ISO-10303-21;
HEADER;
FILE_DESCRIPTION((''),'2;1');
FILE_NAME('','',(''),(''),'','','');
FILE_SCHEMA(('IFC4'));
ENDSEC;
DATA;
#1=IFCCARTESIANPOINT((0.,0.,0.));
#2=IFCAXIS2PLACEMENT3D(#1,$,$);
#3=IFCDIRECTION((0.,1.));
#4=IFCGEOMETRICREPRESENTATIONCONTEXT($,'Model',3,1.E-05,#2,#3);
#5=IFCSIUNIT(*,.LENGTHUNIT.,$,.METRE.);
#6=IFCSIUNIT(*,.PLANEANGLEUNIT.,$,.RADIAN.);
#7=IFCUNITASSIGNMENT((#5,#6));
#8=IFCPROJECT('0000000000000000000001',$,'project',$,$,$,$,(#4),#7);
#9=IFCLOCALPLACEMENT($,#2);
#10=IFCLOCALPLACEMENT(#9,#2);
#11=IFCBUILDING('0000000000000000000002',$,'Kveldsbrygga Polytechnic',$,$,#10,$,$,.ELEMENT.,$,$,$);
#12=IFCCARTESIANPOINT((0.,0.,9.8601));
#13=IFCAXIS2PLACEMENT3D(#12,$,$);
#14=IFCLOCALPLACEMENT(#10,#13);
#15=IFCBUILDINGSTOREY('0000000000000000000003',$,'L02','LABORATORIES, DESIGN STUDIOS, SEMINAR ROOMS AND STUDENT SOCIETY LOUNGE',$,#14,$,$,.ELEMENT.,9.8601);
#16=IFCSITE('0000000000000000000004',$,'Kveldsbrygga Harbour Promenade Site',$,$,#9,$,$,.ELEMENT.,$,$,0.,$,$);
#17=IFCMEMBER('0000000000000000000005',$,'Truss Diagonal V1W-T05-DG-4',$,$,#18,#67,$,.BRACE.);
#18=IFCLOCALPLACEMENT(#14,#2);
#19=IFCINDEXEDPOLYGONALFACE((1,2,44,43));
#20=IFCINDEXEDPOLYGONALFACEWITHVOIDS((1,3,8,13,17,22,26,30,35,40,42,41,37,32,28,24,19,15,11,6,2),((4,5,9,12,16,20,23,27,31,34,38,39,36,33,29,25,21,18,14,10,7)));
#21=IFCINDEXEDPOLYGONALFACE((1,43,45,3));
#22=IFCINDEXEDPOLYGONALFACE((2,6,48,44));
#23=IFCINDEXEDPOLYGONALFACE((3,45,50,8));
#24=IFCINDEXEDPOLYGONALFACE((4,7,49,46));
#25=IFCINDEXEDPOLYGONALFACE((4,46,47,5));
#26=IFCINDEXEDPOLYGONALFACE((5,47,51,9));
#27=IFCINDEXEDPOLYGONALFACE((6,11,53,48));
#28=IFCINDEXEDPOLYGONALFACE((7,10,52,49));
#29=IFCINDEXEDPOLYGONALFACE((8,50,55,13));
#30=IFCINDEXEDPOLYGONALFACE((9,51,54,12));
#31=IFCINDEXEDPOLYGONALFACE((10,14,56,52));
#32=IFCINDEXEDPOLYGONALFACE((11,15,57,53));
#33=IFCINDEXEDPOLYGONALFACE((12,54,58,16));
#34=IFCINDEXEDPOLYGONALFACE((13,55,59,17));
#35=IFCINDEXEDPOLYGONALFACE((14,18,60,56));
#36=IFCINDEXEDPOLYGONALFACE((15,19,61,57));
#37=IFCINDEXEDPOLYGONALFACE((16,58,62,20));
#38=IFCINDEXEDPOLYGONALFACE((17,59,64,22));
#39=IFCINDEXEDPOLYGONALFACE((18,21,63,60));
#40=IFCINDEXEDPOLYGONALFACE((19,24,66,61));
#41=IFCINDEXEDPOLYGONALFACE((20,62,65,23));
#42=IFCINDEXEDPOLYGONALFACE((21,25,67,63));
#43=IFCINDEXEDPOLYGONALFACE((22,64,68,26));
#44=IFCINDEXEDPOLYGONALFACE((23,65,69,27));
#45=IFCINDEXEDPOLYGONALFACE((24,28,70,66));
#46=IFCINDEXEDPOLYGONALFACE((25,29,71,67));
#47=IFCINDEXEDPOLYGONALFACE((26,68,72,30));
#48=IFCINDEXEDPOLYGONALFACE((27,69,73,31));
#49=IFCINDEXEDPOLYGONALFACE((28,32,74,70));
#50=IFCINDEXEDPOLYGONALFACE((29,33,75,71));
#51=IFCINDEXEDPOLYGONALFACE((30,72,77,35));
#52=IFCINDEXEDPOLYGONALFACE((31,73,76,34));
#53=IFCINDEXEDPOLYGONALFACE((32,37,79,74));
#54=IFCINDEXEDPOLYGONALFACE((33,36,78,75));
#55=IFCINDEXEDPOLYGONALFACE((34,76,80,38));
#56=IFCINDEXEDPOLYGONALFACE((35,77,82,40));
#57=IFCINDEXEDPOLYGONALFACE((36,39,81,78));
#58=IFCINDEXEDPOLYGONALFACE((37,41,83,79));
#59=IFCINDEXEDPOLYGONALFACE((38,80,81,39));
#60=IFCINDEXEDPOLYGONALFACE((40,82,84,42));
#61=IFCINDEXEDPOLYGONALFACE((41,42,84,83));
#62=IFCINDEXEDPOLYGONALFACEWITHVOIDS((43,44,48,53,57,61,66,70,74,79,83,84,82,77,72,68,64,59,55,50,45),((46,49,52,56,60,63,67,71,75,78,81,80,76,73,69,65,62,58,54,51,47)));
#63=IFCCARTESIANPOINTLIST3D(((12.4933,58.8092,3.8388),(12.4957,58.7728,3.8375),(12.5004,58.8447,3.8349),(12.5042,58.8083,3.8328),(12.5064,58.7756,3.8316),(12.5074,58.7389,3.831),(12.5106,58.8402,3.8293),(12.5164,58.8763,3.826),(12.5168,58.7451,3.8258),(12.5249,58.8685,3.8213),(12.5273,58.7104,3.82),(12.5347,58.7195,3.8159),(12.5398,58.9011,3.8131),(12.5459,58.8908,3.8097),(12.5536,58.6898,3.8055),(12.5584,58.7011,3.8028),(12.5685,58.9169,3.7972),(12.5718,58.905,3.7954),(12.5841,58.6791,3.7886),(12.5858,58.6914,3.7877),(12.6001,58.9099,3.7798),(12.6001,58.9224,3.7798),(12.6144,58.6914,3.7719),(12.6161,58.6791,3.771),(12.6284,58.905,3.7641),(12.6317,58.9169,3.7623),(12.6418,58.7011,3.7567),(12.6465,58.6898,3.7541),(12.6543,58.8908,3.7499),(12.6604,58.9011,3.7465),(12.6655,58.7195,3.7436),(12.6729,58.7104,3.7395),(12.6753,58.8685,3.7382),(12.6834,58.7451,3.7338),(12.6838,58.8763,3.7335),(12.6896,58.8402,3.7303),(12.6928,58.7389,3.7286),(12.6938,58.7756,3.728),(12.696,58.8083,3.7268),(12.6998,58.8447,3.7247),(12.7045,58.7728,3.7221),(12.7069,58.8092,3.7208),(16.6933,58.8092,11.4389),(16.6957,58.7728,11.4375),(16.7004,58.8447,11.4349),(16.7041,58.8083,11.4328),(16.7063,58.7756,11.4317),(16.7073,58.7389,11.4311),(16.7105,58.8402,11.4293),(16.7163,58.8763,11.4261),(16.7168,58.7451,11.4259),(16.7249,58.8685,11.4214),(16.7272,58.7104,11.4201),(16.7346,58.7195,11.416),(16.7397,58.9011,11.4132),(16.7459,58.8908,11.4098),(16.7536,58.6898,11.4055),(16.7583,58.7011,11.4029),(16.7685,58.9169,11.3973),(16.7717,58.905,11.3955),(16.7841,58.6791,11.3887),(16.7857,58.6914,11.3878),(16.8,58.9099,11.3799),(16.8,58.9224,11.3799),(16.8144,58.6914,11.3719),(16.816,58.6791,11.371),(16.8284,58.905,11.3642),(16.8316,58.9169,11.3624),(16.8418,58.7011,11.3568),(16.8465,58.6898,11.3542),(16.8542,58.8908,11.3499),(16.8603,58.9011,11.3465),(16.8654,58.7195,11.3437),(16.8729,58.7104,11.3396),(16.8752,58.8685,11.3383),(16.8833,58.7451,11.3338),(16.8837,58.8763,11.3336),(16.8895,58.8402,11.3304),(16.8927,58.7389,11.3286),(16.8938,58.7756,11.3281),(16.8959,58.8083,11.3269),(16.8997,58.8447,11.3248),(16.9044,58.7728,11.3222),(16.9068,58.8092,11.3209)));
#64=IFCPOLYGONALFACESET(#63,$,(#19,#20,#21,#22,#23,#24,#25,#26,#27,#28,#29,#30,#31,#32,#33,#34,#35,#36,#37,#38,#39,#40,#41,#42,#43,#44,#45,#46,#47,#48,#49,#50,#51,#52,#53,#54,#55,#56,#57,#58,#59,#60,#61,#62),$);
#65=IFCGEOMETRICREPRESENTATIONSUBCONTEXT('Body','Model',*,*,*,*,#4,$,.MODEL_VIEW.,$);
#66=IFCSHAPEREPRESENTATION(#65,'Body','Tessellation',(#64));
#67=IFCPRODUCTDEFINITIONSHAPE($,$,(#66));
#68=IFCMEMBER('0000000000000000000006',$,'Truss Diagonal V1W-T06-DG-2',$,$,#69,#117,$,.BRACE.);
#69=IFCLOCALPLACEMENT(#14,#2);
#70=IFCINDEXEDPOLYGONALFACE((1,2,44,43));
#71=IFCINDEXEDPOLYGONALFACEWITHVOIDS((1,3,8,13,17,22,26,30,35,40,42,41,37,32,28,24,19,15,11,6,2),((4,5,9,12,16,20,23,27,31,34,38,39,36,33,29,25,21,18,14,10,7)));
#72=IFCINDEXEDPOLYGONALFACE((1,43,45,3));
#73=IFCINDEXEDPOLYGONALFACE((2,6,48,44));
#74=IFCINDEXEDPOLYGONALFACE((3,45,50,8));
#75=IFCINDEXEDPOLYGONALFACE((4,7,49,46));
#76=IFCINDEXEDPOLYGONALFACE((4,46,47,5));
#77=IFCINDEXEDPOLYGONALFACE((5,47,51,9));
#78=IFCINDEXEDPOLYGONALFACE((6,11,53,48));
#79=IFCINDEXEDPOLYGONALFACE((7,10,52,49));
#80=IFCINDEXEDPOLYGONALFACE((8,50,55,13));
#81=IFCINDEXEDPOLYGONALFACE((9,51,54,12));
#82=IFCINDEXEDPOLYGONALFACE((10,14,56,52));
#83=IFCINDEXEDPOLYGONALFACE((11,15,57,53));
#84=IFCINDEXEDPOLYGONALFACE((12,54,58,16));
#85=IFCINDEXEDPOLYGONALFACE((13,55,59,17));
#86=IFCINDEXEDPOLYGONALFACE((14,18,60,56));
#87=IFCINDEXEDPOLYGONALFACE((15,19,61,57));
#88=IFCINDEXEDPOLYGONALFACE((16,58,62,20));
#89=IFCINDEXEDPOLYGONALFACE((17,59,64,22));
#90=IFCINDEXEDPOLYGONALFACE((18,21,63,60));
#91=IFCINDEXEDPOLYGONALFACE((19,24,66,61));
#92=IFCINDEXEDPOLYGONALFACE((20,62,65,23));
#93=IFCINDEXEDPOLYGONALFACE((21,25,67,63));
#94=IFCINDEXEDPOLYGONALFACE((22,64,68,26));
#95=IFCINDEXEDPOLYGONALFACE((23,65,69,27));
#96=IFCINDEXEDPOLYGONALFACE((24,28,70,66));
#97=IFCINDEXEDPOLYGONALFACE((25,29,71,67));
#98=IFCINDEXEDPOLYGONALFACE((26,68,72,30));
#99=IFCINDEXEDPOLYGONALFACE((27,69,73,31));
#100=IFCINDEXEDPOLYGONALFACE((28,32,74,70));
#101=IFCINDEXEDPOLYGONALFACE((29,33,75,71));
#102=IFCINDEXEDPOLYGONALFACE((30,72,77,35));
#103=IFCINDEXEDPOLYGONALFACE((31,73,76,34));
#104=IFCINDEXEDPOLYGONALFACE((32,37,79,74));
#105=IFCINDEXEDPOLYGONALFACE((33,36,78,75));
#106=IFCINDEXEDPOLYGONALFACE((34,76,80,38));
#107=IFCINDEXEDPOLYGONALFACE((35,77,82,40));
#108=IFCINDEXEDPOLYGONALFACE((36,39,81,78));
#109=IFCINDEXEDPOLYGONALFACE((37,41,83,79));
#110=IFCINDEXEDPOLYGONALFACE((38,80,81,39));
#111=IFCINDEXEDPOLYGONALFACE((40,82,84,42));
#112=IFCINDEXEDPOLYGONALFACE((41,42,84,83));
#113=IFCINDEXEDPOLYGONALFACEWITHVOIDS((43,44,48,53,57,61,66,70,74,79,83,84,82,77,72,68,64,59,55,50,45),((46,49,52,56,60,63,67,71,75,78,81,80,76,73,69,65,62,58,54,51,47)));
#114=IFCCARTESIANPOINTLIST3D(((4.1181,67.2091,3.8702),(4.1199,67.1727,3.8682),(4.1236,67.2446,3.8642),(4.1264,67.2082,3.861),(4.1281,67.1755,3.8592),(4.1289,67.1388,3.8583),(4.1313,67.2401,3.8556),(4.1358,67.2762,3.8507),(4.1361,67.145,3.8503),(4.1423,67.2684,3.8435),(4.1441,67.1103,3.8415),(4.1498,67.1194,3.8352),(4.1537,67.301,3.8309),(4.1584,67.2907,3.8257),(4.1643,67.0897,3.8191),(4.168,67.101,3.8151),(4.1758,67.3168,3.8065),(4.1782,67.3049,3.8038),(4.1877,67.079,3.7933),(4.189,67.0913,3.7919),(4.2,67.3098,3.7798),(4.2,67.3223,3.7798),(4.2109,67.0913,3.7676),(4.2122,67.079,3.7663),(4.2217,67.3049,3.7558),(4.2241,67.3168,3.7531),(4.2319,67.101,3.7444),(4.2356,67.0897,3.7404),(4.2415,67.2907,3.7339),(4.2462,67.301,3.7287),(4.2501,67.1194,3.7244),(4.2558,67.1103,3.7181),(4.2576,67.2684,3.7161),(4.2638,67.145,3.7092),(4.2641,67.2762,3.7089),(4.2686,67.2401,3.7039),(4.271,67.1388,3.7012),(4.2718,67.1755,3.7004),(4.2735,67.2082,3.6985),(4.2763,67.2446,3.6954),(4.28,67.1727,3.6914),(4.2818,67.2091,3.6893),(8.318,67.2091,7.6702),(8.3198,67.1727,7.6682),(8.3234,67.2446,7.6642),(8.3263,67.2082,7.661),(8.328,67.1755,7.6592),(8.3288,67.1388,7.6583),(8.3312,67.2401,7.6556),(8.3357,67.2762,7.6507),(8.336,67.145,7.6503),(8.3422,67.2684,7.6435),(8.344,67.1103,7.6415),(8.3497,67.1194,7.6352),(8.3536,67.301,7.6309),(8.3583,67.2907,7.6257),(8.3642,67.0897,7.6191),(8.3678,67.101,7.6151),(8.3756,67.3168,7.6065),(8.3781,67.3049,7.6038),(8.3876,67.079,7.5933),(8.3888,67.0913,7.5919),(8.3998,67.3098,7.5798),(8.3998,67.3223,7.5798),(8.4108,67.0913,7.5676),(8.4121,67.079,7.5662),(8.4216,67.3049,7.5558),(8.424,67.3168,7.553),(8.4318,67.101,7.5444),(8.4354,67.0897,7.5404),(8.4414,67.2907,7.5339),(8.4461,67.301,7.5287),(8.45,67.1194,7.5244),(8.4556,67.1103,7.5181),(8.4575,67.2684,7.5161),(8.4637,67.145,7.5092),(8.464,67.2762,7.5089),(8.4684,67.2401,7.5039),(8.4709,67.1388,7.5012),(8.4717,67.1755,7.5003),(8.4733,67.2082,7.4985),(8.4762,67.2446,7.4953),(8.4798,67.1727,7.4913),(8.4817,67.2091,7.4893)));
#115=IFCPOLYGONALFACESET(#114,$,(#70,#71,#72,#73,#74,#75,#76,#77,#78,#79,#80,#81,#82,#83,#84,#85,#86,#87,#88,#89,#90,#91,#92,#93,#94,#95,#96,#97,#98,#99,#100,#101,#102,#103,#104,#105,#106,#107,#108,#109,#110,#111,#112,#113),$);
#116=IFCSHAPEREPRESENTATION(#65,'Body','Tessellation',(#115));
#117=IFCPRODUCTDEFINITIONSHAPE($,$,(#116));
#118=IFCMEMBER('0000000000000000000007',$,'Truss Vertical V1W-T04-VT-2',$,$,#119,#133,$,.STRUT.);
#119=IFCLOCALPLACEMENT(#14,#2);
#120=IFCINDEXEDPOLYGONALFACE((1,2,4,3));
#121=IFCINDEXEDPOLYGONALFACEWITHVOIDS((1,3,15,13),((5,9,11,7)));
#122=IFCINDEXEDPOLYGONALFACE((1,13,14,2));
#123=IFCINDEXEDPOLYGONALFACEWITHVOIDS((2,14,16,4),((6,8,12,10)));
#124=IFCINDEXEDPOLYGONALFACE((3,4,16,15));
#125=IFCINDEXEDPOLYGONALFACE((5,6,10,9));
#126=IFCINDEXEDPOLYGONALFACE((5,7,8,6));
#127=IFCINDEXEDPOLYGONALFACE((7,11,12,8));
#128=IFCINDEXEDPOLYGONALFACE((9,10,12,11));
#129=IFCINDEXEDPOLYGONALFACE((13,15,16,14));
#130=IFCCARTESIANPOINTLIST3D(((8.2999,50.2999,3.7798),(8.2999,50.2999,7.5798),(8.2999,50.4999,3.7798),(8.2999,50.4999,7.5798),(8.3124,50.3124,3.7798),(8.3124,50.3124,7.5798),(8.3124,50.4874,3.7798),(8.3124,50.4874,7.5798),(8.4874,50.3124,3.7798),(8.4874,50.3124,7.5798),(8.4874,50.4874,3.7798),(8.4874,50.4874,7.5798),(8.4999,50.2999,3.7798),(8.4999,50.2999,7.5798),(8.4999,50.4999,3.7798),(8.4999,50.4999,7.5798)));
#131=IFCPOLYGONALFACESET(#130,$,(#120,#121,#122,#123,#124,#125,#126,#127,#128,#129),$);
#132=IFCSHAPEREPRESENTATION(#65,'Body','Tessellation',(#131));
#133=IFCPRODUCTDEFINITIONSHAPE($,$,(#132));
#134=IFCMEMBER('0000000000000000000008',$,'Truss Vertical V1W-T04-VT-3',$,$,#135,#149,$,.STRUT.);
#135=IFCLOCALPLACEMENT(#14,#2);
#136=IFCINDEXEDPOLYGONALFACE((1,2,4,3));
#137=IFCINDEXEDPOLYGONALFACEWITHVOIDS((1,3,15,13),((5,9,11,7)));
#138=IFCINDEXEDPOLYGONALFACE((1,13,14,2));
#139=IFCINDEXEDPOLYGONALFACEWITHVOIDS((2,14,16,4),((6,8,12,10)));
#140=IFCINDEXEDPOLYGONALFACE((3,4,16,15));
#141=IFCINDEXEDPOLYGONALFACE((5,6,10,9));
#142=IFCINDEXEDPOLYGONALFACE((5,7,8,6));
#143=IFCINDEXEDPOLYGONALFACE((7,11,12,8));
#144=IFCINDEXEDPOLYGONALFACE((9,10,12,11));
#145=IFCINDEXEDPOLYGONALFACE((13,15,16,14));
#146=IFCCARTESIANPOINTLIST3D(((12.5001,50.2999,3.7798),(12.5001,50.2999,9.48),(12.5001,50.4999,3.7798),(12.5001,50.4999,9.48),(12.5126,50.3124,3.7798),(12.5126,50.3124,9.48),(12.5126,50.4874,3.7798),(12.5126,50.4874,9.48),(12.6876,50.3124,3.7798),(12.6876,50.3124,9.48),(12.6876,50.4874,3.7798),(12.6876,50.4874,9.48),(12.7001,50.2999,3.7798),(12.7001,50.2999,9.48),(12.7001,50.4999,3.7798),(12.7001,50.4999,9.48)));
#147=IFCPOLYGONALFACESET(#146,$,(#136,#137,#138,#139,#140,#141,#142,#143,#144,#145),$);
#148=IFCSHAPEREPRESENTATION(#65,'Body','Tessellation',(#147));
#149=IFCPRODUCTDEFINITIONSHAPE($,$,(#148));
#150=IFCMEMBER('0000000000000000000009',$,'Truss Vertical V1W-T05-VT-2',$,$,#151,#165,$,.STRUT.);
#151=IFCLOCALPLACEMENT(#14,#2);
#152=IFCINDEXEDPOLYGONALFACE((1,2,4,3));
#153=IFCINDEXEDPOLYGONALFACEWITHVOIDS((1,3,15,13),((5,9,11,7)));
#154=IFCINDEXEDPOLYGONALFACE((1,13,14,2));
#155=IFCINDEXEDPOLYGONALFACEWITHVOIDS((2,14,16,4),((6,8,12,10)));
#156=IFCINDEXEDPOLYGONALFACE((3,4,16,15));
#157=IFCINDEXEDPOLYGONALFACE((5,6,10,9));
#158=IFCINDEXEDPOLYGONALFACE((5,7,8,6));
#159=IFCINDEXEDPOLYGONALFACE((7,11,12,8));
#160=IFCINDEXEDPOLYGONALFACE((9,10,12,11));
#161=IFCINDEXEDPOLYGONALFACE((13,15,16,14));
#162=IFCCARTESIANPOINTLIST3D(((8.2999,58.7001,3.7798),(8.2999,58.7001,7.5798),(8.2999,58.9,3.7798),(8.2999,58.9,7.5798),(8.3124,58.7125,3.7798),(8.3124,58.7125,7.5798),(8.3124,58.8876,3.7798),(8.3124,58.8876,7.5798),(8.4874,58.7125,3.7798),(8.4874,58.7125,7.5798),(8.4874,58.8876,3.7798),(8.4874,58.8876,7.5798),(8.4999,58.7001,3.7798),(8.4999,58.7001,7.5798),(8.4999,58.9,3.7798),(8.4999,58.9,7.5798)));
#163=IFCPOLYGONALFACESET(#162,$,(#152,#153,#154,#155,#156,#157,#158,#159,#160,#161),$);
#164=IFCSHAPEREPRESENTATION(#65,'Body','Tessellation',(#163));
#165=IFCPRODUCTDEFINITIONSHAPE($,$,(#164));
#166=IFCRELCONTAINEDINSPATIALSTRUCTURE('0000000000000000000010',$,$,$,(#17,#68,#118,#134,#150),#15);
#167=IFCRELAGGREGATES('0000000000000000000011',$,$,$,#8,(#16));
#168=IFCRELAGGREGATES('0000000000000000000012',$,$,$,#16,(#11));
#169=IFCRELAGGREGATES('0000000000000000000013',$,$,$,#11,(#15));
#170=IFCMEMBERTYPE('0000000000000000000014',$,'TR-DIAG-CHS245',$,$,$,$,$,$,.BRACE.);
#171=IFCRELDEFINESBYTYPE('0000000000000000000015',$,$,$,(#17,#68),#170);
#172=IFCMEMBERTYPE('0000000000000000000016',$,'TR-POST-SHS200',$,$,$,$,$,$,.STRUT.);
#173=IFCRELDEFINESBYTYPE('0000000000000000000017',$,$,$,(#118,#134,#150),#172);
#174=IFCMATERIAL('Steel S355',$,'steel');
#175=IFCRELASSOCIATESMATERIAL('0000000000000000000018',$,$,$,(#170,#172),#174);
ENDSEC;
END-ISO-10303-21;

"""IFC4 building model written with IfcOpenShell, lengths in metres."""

from ifc_helpers import new_model, si_unit, direction, frame, origin, origin_2d, place, context, subcontext, project, spatial, hollow_rectangle, hollow_circle, extrude, material, material_profile, profile_set, type_object, element, save


model = new_model("IFC4")

# Units and contexts
model_context = context("Model", 3, precision=1e-05, world=origin(), true_north=direction((0.0, 1.0)))
body_context = subcontext(model_context, "Body", "Model", "MODEL_VIEW")
ifc_project = project(units=[si_unit("LENGTHUNIT", "METRE"), si_unit("PLANEANGLEUNIT", "RADIAN")], contexts=[model_context])

# Site, building, storey
site_placement = place(None, origin())
site = spatial("IfcSite", under=ifc_project, at=site_placement, Name="Kveldsbrygga Harbour Promenade Site", CompositionType="ELEMENT", RefElevation=0.0)
building_placement = place(site_placement, origin())
building = spatial("IfcBuilding", under=site, at=building_placement, Name="Kveldsbrygga Polytechnic", CompositionType="ELEMENT")
storey_placement = place(building_placement, frame((0.0, 0.0, 9.8601)))
storey = spatial("IfcBuildingStorey", under=building, at=storey_placement, Name="L02", Description="LABORATORIES, DESIGN STUDIOS, SEMINAR ROOMS AND STUDENT SOCIETY LOUNGE", CompositionType="ELEMENT", Elevation=9.8601)

# Members
ifc_material = material(Name="Steel S355", Category="steel")
ifc_material_profile_1 = material_profile(ifc_material, hollow_circle(Radius=0.1223, WallThickness=0.0125, at=origin_2d()), Name="CHS 244.5x12.5")
ifc_profile_set_1 = profile_set([ifc_material_profile_1], Name="Steel S355")
member_type_1 = type_object("IfcMemberType", Name="TR-DIAG-CHS245", PredefinedType="BRACE", material=ifc_profile_set_1)
member_1_placement = place(storey_placement, frame((12.6001, 58.8, 3.7798), z_axis=(0.483677, 0.0, 0.875247), x_axis=(0.0, 1.0, 0.0)))
element("IfcMember", 1, at=member_1_placement, inside=storey, type_object=member_type_1, Name="Truss Diagonal V1W-T05-DG-4", PredefinedType="BRACE", context=body_context, shape_type="SweptSolid", body=[
    extrude(hollow_circle(Radius=0.1223, WallThickness=0.0125, at=origin_2d()), origin(), (0.0, 0.0, 1.0), 8.6833),
])
member_2_placement = place(storey_placement, frame((4.2, 67.2, 3.7798), z_axis=(0.741528, 0.0, 0.670922), x_axis=(0.0, 1.0, 0.0)))
element("IfcMember", 2, at=member_2_placement, inside=storey, type_object=member_type_1, Name="Truss Diagonal V1W-T06-DG-2", PredefinedType="BRACE", context=body_context, shape_type="SweptSolid", body=[
    extrude(hollow_circle(Radius=0.1223, WallThickness=0.0125, at=origin_2d()), origin(), (0.0, 0.0, 1.0), 5.6638),
])
ifc_material_profile_2 = material_profile(ifc_material, hollow_rectangle(XDim=0.2, YDim=0.2, WallThickness=0.0125, at=origin_2d()), Name="SHS 200x200x12.5")
ifc_profile_set_2 = profile_set([ifc_material_profile_2], Name="Steel S355")
member_type_2 = type_object("IfcMemberType", Name="TR-POST-SHS200", PredefinedType="STRUT", material=ifc_profile_set_2)
member_3_placement = place(storey_placement, frame((8.3999, 50.3999, 3.7798), z_axis=(0.0, 0.0, 1.0), x_axis=(1.0, 0.0, 0.0)))
element("IfcMember", 3, at=member_3_placement, inside=storey, type_object=member_type_2, Name="Truss Vertical V1W-T04-VT-2", PredefinedType="STRUT", context=body_context, shape_type="SweptSolid", body=[
    extrude(hollow_rectangle(XDim=0.2, YDim=0.2, WallThickness=0.0125, at=origin_2d()), origin(), (0.0, 0.0, 1.0), 3.8),
])
member_4_placement = place(storey_placement, frame((12.6001, 50.3999, 3.7798), z_axis=(0.0, 0.0, 1.0), x_axis=(1.0, 0.0, 0.0)))
element("IfcMember", 4, at=member_4_placement, inside=storey, type_object=member_type_2, Name="Truss Vertical V1W-T04-VT-3", PredefinedType="STRUT", context=body_context, shape_type="SweptSolid", body=[
    extrude(hollow_rectangle(XDim=0.2, YDim=0.2, WallThickness=0.0125, at=origin_2d()), origin(), (0.0, 0.0, 1.0), 5.7002),
])
member_5_placement = place(storey_placement, frame((8.3999, 58.8, 3.7798), z_axis=(0.0, 0.0, 1.0), x_axis=(1.0, 0.0, 0.0)))
element("IfcMember", 5, at=member_5_placement, inside=storey, type_object=member_type_2, Name="Truss Vertical V1W-T05-VT-2", PredefinedType="STRUT", context=body_context, shape_type="SweptSolid", body=[
    extrude(hollow_rectangle(XDim=0.2, YDim=0.2, WallThickness=0.0125, at=origin_2d()), origin(), (0.0, 0.0, 1.0), 3.8),
])

save(model, "model.ifc")
